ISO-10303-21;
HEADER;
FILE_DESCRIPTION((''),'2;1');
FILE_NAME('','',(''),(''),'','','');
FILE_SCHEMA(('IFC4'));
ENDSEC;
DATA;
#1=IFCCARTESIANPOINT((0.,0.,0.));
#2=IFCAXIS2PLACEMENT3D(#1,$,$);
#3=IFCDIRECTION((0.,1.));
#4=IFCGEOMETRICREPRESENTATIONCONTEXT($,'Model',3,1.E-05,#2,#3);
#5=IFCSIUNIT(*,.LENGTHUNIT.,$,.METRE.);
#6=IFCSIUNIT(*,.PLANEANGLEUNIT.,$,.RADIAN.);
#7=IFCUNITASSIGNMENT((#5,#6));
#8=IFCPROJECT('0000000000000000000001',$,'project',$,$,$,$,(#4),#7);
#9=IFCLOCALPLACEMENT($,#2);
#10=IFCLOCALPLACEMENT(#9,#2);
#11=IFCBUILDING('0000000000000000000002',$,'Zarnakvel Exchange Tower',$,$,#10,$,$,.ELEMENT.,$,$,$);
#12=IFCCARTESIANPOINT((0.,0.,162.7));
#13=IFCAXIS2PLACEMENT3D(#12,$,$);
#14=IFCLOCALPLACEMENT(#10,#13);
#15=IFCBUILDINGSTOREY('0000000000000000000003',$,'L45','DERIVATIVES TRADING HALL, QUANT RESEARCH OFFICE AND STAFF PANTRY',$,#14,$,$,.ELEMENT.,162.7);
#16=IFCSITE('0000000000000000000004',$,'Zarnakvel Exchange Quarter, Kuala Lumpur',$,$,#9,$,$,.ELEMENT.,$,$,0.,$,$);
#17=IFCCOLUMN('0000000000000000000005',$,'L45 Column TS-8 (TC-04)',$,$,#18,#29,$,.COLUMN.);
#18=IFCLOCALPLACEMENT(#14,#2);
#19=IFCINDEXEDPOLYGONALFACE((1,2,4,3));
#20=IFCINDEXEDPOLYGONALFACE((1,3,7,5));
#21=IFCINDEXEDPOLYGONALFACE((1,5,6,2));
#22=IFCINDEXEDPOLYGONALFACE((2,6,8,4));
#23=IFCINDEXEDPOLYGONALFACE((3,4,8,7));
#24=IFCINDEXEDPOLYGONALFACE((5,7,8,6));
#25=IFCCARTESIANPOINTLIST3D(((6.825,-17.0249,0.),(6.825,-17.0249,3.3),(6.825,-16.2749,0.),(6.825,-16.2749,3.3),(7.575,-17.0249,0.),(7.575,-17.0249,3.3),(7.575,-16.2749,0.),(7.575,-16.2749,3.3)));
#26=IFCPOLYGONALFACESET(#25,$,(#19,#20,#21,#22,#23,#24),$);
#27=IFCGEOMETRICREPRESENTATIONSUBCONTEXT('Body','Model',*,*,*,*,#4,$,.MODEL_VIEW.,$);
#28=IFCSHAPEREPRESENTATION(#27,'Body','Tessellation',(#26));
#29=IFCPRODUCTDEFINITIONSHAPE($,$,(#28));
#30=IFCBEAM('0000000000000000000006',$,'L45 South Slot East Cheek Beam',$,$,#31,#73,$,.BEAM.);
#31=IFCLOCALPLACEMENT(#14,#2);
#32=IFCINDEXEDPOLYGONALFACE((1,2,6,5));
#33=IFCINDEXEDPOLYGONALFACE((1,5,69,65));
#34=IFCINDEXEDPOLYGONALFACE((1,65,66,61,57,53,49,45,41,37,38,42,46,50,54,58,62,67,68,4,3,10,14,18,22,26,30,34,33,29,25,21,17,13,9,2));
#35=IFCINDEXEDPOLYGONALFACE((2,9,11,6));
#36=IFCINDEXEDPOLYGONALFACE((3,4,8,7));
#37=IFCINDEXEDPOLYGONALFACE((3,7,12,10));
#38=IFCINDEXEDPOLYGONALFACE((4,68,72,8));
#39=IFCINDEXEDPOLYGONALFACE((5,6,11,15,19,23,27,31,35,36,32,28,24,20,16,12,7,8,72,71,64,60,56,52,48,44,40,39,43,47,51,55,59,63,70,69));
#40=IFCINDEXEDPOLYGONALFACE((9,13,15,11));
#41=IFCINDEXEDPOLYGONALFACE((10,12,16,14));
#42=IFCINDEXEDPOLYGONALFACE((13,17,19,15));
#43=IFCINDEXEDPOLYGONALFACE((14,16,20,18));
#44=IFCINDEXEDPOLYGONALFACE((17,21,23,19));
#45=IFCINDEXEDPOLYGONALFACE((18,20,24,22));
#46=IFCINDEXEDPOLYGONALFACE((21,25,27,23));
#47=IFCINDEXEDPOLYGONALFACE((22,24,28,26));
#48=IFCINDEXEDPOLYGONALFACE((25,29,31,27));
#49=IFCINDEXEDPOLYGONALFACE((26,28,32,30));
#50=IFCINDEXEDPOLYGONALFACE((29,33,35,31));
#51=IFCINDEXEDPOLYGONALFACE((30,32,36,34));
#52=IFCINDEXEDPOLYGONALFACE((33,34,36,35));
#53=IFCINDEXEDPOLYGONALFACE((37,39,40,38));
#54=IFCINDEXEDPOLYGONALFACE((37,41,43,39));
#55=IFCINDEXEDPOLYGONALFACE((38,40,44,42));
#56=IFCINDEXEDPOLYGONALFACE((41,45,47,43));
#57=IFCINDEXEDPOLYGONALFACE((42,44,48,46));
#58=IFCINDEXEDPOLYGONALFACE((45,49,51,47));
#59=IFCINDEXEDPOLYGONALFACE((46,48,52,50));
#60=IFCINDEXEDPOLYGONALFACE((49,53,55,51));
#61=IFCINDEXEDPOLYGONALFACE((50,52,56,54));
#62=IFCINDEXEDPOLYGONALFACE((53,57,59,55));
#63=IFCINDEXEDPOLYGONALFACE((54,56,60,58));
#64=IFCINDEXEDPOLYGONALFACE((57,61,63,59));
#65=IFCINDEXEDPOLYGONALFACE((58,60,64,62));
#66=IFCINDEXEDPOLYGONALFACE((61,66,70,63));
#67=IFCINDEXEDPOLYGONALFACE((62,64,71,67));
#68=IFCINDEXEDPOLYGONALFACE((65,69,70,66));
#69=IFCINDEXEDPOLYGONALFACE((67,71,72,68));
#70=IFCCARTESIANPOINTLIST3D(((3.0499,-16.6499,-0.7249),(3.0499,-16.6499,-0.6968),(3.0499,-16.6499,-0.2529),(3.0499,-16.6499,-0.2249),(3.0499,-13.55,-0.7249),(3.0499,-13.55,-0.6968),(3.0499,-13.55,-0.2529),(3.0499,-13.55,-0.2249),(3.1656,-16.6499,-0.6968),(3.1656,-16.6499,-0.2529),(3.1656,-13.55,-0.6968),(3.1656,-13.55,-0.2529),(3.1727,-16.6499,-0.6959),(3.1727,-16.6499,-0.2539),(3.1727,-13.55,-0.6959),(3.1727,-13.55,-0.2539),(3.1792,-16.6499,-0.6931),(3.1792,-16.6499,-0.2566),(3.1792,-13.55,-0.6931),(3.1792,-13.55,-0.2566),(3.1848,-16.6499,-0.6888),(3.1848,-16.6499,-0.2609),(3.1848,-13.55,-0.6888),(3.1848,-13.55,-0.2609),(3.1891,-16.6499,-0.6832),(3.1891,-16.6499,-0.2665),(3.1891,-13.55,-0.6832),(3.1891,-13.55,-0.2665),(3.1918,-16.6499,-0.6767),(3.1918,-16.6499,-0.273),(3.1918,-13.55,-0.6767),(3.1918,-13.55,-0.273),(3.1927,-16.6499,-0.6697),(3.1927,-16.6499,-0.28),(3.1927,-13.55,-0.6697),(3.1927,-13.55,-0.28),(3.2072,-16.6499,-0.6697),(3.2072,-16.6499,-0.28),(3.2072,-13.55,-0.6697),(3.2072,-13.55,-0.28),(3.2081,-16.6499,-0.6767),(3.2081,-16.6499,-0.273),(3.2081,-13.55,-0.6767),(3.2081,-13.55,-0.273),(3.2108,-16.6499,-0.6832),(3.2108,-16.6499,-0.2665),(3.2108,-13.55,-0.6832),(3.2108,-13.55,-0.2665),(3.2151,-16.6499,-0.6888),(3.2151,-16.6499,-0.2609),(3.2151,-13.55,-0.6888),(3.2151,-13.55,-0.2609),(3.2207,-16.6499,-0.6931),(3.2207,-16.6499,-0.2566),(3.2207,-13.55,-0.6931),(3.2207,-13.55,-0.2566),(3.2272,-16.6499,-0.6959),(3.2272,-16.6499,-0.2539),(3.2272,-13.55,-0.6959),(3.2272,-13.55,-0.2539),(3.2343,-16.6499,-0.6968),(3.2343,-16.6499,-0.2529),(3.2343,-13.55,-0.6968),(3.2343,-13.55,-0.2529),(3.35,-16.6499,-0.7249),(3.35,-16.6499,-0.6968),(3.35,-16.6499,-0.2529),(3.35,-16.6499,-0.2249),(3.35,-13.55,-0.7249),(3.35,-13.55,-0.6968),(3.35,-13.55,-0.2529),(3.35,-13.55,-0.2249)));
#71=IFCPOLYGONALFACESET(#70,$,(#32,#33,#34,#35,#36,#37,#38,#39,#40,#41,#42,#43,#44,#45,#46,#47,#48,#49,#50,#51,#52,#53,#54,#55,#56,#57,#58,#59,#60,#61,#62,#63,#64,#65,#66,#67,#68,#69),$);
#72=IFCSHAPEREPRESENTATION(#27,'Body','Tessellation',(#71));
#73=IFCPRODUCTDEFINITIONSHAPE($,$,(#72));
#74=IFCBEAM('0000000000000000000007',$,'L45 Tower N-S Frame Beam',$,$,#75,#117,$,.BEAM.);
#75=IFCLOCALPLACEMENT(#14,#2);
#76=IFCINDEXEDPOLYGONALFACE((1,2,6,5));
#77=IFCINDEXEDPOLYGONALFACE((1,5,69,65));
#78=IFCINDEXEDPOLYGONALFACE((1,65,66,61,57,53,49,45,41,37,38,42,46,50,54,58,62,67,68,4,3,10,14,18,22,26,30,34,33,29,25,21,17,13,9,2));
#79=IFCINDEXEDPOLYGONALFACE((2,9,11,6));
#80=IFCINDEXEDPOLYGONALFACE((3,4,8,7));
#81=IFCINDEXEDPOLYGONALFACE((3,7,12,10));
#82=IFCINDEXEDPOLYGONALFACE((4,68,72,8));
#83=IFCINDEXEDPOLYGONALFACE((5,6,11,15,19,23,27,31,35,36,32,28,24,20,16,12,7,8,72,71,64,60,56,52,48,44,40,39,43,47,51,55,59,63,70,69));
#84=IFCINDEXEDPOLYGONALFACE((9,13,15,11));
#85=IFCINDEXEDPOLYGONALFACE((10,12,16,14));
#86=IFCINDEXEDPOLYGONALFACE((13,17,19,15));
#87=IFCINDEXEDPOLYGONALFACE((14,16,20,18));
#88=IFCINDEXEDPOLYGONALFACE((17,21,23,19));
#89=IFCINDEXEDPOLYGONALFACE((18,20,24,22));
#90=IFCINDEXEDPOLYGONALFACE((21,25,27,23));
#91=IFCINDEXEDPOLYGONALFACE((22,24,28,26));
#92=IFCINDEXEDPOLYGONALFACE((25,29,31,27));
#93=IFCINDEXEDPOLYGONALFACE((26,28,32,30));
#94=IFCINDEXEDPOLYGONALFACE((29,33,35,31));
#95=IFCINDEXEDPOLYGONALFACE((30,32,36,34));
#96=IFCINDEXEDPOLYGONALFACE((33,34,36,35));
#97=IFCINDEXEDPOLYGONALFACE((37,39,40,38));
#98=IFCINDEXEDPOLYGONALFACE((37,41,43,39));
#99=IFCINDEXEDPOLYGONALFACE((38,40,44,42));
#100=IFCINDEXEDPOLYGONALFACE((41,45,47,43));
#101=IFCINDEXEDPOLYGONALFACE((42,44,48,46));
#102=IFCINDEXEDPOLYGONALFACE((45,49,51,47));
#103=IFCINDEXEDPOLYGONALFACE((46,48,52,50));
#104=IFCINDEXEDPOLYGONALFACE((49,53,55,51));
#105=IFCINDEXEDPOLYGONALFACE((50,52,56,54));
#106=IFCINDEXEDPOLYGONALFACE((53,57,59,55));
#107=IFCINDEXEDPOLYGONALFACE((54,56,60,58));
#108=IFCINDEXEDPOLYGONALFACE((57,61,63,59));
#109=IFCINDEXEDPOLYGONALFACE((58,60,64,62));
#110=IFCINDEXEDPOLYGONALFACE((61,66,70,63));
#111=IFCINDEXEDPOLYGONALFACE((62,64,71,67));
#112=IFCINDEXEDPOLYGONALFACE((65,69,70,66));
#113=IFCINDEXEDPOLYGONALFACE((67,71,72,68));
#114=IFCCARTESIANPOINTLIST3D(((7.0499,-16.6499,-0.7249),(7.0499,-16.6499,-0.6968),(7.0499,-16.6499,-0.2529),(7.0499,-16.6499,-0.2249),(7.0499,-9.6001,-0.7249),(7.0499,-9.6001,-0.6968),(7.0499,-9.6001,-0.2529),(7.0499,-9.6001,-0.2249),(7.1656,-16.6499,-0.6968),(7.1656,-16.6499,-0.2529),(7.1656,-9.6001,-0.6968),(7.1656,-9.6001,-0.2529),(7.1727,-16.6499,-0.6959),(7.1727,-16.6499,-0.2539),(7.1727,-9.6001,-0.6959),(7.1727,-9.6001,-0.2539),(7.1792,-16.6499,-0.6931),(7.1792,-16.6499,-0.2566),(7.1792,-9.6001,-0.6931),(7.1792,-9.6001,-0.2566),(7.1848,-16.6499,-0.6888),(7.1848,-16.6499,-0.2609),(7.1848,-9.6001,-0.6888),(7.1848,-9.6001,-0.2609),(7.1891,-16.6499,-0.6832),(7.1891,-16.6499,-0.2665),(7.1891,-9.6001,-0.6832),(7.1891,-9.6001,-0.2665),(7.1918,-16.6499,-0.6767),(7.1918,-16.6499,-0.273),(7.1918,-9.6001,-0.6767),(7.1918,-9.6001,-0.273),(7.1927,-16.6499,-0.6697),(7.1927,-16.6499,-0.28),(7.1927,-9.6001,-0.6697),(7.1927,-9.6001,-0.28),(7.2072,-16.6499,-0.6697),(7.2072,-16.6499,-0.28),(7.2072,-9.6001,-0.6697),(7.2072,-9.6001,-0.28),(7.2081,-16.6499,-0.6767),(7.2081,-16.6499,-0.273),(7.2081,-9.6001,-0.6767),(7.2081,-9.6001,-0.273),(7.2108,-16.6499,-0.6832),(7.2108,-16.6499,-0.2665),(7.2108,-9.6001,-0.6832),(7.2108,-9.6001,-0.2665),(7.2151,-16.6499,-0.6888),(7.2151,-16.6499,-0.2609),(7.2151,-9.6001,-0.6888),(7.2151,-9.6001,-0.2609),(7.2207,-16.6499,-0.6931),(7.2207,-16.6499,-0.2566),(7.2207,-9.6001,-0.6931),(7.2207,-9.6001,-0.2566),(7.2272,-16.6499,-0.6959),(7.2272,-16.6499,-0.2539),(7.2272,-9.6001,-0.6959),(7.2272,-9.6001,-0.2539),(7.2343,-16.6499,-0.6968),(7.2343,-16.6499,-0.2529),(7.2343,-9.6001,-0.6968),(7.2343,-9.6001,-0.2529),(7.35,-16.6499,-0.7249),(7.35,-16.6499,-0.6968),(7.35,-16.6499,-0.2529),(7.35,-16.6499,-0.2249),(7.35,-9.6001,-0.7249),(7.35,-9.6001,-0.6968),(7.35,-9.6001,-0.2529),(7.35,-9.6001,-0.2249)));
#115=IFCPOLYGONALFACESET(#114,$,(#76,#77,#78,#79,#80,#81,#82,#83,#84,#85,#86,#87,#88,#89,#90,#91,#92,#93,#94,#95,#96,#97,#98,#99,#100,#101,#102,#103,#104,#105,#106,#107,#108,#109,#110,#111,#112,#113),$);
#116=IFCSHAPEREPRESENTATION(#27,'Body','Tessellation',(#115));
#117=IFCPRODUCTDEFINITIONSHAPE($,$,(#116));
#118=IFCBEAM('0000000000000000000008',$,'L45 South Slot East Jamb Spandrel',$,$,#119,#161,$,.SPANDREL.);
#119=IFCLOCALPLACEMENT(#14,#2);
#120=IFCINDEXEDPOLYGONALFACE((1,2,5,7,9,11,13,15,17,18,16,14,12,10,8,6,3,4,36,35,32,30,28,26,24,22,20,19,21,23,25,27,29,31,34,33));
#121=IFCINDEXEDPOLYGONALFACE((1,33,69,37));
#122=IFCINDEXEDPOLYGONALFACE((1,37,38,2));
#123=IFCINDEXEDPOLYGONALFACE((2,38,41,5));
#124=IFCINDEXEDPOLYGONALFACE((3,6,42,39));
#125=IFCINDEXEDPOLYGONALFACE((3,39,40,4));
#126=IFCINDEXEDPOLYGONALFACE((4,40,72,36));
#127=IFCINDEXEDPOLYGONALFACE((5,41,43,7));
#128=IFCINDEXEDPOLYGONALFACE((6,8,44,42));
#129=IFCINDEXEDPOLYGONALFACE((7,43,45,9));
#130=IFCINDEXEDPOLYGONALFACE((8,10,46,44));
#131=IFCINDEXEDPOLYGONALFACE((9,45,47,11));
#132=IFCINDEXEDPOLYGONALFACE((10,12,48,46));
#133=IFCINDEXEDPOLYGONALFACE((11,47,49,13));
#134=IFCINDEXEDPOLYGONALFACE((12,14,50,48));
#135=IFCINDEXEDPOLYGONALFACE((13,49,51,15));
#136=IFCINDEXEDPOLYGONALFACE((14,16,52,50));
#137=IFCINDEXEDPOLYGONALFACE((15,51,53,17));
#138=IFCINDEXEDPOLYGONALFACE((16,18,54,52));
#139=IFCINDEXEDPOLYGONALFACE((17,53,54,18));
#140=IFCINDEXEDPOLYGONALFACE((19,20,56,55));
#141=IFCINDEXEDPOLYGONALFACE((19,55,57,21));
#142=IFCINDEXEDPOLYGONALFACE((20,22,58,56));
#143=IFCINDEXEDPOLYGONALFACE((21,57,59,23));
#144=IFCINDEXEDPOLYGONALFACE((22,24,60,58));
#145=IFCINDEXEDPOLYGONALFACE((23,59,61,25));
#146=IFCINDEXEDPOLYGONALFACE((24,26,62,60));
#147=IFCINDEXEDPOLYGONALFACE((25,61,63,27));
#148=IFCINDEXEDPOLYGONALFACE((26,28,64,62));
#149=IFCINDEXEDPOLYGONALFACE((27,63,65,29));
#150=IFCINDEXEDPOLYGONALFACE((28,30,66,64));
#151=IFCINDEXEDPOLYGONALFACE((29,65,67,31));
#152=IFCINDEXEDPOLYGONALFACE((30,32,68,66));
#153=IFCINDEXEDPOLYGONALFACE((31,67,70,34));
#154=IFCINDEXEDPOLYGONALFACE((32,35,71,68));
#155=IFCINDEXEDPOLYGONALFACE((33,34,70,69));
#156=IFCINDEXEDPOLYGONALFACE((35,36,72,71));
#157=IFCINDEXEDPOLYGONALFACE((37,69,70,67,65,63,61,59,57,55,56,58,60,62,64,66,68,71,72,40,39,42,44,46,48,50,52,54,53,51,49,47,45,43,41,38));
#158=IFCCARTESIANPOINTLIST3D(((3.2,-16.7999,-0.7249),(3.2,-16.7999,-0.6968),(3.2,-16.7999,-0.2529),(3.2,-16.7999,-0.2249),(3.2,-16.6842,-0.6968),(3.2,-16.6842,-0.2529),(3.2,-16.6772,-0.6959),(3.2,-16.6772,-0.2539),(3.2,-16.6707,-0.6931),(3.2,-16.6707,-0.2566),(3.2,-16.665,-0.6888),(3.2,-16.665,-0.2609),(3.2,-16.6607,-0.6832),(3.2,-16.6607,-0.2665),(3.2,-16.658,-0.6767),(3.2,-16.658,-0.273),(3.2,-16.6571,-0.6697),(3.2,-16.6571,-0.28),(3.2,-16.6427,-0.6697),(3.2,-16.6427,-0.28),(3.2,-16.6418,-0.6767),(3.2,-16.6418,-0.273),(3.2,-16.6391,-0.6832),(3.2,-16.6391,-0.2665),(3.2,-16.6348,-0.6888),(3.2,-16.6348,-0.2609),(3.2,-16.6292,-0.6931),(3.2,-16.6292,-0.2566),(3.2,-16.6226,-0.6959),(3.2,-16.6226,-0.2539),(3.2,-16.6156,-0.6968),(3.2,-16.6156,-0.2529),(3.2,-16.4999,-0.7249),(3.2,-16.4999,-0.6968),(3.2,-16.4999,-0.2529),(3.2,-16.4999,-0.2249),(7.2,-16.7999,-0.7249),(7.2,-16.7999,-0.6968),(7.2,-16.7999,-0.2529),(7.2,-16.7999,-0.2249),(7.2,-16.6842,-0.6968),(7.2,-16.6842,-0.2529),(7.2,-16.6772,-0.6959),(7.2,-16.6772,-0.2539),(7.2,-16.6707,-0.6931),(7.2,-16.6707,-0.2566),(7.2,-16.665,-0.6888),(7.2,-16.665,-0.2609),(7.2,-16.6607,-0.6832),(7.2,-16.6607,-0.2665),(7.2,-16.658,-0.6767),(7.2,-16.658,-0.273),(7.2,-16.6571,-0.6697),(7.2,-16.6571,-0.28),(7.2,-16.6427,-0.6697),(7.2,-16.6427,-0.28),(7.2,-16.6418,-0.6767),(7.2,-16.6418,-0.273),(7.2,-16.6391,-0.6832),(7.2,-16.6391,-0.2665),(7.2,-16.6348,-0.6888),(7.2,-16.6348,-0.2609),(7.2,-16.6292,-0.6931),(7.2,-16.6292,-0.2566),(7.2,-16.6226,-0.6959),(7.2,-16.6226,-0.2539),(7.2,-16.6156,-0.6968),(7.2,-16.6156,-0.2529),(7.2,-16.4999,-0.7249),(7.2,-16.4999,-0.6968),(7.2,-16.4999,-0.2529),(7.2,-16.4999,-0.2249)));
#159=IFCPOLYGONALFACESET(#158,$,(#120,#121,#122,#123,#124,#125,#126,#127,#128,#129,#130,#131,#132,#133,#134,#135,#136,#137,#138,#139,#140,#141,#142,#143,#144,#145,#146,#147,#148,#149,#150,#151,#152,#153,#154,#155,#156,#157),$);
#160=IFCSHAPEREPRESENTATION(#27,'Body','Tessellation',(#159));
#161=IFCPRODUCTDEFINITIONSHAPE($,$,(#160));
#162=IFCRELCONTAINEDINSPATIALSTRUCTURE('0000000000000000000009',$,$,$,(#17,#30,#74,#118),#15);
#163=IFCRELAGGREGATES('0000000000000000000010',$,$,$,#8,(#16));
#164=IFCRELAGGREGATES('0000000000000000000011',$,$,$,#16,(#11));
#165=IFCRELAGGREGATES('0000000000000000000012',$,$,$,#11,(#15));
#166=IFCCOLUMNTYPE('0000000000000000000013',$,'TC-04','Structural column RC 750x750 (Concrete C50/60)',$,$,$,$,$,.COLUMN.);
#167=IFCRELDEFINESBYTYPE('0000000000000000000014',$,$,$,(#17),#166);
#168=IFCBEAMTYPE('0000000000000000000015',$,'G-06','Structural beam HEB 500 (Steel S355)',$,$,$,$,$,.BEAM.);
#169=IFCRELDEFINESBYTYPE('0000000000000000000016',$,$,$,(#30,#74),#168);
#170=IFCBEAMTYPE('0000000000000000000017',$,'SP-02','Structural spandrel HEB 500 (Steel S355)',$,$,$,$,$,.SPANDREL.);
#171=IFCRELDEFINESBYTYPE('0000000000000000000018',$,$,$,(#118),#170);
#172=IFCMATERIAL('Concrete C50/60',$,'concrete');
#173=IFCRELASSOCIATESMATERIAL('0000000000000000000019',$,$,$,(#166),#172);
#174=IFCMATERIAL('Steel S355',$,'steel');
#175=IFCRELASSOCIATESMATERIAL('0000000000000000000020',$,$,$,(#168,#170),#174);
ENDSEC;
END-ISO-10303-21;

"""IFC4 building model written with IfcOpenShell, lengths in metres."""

from ifc_helpers import new_model, si_unit, direction, frame, origin, origin_2d, place, context, subcontext, project, spatial, rectangle, i_section, extrude, material, material_profile, profile_set, type_object, element, save


model = new_model("IFC4")

# Units and contexts
model_context = context("Model", 3, precision=1e-05, world=origin(), true_north=direction((0.0, 1.0)))
body_context = subcontext(model_context, "Body", "Model", "MODEL_VIEW")
ifc_project = project(units=[si_unit("LENGTHUNIT", "METRE"), si_unit("PLANEANGLEUNIT", "RADIAN")], contexts=[model_context])

# Site, building, storey
site_placement = place(None, origin())
site = spatial("IfcSite", under=ifc_project, at=site_placement, Name="Zarnakvel Exchange Quarter, Kuala Lumpur", CompositionType="ELEMENT", RefElevation=0.0)
building_placement = place(site_placement, origin())
building = spatial("IfcBuilding", under=site, at=building_placement, Name="Zarnakvel Exchange Tower", CompositionType="ELEMENT")
storey_placement = place(building_placement, frame((0.0, 0.0, 162.7)))
storey = spatial("IfcBuildingStorey", under=building, at=storey_placement, Name="L45", Description="DERIVATIVES TRADING HALL, QUANT RESEARCH OFFICE AND STAFF PANTRY", CompositionType="ELEMENT", Elevation=162.7)

# Column
ifc_material_1 = material(Name="Concrete C50/60", Category="concrete")
ifc_material_profile_1 = material_profile(ifc_material_1, rectangle(XDim=0.75, YDim=0.75, at=origin_2d()))
ifc_profile_set_1 = profile_set([ifc_material_profile_1], Name="Concrete C50/60")
column_type = type_object("IfcColumnType", Name="TC-04", Description="Structural column RC 750x750 (Concrete C50/60)", PredefinedType="COLUMN", material=ifc_profile_set_1)
column_placement = place(storey_placement, frame((7.2, -16.6499, 0.0), z_axis=(0.0, 0.0, 1.0), x_axis=(1.0, 0.0, 0.0)))
element("IfcColumn", 1, at=column_placement, inside=storey, type_object=column_type, Name="L45 Column TS-8 (TC-04)", PredefinedType="COLUMN", context=body_context, shape_type="SweptSolid", body=[
    extrude(rectangle(XDim=0.75, YDim=0.75, at=origin_2d()), origin(), (0.0, 0.0, 1.0), 3.3),
])

# Beams
ifc_material_2 = material(Name="Steel S355", Category="steel")
ifc_material_profile_2 = material_profile(ifc_material_2, i_section(OverallWidth=0.3, OverallDepth=0.5, WebThickness=0.0144, FlangeThickness=0.0281, FilletRadius=0.0271, at=origin_2d()))
ifc_profile_set_2 = profile_set([ifc_material_profile_2], Name="Steel S355")
beam_type_1 = type_object("IfcBeamType", Name="G-06", Description="Structural beam HEB 500 (Steel S355)", PredefinedType="BEAM", material=ifc_profile_set_2)
beam_1_placement = place(storey_placement, frame((3.2, -16.6499, -0.4749), z_axis=(0.0, 1.0, 0.0), x_axis=(-1.0, 0.0, 0.0)))
element("IfcBeam", 2, at=beam_1_placement, inside=storey, type_object=beam_type_1, Name="L45 South Slot East Cheek Beam", PredefinedType="BEAM", context=body_context, shape_type="SweptSolid", body=[
    extrude(i_section(OverallWidth=0.3, OverallDepth=0.5, WebThickness=0.0144, FlangeThickness=0.0281, FilletRadius=0.0271, at=origin_2d()), origin(), (0.0, 0.0, 1.0), 3.0999),
])
beam_2_placement = place(storey_placement, frame((7.2, -16.6499, -0.4749), z_axis=(0.0, 1.0, 0.0), x_axis=(-1.0, 0.0, 0.0)))
element("IfcBeam", 3, at=beam_2_placement, inside=storey, type_object=beam_type_1, Name="L45 Tower N-S Frame Beam", PredefinedType="BEAM", context=body_context, shape_type="SweptSolid", body=[
    extrude(i_section(OverallWidth=0.3, OverallDepth=0.5, WebThickness=0.0144, FlangeThickness=0.0281, FilletRadius=0.0271, at=origin_2d()), origin(), (0.0, 0.0, 1.0), 7.0498),
])
ifc_material_profile_3 = material_profile(ifc_material_2, i_section(OverallWidth=0.3, OverallDepth=0.5, WebThickness=0.0144, FlangeThickness=0.0281, FilletRadius=0.0271, at=origin_2d()))
ifc_profile_set_3 = profile_set([ifc_material_profile_3], Name="Steel S355")
beam_type_2 = type_object("IfcBeamType", Name="SP-02", Description="Structural spandrel HEB 500 (Steel S355)", PredefinedType="SPANDREL", material=ifc_profile_set_3)
beam_3_placement = place(storey_placement, frame((3.2, -16.6499, -0.4749), z_axis=(1.0, 0.0, 0.0), x_axis=(0.0, 1.0, 0.0)))
element("IfcBeam", 4, at=beam_3_placement, inside=storey, type_object=beam_type_2, Name="L45 South Slot East Jamb Spandrel", PredefinedType="SPANDREL", context=body_context, shape_type="SweptSolid", body=[
    extrude(i_section(OverallWidth=0.3, OverallDepth=0.5, WebThickness=0.0144, FlangeThickness=0.0281, FilletRadius=0.0271, at=origin_2d()), origin(), (0.0, 0.0, 1.0), 4.0),
])

save(model, "model.ifc")
